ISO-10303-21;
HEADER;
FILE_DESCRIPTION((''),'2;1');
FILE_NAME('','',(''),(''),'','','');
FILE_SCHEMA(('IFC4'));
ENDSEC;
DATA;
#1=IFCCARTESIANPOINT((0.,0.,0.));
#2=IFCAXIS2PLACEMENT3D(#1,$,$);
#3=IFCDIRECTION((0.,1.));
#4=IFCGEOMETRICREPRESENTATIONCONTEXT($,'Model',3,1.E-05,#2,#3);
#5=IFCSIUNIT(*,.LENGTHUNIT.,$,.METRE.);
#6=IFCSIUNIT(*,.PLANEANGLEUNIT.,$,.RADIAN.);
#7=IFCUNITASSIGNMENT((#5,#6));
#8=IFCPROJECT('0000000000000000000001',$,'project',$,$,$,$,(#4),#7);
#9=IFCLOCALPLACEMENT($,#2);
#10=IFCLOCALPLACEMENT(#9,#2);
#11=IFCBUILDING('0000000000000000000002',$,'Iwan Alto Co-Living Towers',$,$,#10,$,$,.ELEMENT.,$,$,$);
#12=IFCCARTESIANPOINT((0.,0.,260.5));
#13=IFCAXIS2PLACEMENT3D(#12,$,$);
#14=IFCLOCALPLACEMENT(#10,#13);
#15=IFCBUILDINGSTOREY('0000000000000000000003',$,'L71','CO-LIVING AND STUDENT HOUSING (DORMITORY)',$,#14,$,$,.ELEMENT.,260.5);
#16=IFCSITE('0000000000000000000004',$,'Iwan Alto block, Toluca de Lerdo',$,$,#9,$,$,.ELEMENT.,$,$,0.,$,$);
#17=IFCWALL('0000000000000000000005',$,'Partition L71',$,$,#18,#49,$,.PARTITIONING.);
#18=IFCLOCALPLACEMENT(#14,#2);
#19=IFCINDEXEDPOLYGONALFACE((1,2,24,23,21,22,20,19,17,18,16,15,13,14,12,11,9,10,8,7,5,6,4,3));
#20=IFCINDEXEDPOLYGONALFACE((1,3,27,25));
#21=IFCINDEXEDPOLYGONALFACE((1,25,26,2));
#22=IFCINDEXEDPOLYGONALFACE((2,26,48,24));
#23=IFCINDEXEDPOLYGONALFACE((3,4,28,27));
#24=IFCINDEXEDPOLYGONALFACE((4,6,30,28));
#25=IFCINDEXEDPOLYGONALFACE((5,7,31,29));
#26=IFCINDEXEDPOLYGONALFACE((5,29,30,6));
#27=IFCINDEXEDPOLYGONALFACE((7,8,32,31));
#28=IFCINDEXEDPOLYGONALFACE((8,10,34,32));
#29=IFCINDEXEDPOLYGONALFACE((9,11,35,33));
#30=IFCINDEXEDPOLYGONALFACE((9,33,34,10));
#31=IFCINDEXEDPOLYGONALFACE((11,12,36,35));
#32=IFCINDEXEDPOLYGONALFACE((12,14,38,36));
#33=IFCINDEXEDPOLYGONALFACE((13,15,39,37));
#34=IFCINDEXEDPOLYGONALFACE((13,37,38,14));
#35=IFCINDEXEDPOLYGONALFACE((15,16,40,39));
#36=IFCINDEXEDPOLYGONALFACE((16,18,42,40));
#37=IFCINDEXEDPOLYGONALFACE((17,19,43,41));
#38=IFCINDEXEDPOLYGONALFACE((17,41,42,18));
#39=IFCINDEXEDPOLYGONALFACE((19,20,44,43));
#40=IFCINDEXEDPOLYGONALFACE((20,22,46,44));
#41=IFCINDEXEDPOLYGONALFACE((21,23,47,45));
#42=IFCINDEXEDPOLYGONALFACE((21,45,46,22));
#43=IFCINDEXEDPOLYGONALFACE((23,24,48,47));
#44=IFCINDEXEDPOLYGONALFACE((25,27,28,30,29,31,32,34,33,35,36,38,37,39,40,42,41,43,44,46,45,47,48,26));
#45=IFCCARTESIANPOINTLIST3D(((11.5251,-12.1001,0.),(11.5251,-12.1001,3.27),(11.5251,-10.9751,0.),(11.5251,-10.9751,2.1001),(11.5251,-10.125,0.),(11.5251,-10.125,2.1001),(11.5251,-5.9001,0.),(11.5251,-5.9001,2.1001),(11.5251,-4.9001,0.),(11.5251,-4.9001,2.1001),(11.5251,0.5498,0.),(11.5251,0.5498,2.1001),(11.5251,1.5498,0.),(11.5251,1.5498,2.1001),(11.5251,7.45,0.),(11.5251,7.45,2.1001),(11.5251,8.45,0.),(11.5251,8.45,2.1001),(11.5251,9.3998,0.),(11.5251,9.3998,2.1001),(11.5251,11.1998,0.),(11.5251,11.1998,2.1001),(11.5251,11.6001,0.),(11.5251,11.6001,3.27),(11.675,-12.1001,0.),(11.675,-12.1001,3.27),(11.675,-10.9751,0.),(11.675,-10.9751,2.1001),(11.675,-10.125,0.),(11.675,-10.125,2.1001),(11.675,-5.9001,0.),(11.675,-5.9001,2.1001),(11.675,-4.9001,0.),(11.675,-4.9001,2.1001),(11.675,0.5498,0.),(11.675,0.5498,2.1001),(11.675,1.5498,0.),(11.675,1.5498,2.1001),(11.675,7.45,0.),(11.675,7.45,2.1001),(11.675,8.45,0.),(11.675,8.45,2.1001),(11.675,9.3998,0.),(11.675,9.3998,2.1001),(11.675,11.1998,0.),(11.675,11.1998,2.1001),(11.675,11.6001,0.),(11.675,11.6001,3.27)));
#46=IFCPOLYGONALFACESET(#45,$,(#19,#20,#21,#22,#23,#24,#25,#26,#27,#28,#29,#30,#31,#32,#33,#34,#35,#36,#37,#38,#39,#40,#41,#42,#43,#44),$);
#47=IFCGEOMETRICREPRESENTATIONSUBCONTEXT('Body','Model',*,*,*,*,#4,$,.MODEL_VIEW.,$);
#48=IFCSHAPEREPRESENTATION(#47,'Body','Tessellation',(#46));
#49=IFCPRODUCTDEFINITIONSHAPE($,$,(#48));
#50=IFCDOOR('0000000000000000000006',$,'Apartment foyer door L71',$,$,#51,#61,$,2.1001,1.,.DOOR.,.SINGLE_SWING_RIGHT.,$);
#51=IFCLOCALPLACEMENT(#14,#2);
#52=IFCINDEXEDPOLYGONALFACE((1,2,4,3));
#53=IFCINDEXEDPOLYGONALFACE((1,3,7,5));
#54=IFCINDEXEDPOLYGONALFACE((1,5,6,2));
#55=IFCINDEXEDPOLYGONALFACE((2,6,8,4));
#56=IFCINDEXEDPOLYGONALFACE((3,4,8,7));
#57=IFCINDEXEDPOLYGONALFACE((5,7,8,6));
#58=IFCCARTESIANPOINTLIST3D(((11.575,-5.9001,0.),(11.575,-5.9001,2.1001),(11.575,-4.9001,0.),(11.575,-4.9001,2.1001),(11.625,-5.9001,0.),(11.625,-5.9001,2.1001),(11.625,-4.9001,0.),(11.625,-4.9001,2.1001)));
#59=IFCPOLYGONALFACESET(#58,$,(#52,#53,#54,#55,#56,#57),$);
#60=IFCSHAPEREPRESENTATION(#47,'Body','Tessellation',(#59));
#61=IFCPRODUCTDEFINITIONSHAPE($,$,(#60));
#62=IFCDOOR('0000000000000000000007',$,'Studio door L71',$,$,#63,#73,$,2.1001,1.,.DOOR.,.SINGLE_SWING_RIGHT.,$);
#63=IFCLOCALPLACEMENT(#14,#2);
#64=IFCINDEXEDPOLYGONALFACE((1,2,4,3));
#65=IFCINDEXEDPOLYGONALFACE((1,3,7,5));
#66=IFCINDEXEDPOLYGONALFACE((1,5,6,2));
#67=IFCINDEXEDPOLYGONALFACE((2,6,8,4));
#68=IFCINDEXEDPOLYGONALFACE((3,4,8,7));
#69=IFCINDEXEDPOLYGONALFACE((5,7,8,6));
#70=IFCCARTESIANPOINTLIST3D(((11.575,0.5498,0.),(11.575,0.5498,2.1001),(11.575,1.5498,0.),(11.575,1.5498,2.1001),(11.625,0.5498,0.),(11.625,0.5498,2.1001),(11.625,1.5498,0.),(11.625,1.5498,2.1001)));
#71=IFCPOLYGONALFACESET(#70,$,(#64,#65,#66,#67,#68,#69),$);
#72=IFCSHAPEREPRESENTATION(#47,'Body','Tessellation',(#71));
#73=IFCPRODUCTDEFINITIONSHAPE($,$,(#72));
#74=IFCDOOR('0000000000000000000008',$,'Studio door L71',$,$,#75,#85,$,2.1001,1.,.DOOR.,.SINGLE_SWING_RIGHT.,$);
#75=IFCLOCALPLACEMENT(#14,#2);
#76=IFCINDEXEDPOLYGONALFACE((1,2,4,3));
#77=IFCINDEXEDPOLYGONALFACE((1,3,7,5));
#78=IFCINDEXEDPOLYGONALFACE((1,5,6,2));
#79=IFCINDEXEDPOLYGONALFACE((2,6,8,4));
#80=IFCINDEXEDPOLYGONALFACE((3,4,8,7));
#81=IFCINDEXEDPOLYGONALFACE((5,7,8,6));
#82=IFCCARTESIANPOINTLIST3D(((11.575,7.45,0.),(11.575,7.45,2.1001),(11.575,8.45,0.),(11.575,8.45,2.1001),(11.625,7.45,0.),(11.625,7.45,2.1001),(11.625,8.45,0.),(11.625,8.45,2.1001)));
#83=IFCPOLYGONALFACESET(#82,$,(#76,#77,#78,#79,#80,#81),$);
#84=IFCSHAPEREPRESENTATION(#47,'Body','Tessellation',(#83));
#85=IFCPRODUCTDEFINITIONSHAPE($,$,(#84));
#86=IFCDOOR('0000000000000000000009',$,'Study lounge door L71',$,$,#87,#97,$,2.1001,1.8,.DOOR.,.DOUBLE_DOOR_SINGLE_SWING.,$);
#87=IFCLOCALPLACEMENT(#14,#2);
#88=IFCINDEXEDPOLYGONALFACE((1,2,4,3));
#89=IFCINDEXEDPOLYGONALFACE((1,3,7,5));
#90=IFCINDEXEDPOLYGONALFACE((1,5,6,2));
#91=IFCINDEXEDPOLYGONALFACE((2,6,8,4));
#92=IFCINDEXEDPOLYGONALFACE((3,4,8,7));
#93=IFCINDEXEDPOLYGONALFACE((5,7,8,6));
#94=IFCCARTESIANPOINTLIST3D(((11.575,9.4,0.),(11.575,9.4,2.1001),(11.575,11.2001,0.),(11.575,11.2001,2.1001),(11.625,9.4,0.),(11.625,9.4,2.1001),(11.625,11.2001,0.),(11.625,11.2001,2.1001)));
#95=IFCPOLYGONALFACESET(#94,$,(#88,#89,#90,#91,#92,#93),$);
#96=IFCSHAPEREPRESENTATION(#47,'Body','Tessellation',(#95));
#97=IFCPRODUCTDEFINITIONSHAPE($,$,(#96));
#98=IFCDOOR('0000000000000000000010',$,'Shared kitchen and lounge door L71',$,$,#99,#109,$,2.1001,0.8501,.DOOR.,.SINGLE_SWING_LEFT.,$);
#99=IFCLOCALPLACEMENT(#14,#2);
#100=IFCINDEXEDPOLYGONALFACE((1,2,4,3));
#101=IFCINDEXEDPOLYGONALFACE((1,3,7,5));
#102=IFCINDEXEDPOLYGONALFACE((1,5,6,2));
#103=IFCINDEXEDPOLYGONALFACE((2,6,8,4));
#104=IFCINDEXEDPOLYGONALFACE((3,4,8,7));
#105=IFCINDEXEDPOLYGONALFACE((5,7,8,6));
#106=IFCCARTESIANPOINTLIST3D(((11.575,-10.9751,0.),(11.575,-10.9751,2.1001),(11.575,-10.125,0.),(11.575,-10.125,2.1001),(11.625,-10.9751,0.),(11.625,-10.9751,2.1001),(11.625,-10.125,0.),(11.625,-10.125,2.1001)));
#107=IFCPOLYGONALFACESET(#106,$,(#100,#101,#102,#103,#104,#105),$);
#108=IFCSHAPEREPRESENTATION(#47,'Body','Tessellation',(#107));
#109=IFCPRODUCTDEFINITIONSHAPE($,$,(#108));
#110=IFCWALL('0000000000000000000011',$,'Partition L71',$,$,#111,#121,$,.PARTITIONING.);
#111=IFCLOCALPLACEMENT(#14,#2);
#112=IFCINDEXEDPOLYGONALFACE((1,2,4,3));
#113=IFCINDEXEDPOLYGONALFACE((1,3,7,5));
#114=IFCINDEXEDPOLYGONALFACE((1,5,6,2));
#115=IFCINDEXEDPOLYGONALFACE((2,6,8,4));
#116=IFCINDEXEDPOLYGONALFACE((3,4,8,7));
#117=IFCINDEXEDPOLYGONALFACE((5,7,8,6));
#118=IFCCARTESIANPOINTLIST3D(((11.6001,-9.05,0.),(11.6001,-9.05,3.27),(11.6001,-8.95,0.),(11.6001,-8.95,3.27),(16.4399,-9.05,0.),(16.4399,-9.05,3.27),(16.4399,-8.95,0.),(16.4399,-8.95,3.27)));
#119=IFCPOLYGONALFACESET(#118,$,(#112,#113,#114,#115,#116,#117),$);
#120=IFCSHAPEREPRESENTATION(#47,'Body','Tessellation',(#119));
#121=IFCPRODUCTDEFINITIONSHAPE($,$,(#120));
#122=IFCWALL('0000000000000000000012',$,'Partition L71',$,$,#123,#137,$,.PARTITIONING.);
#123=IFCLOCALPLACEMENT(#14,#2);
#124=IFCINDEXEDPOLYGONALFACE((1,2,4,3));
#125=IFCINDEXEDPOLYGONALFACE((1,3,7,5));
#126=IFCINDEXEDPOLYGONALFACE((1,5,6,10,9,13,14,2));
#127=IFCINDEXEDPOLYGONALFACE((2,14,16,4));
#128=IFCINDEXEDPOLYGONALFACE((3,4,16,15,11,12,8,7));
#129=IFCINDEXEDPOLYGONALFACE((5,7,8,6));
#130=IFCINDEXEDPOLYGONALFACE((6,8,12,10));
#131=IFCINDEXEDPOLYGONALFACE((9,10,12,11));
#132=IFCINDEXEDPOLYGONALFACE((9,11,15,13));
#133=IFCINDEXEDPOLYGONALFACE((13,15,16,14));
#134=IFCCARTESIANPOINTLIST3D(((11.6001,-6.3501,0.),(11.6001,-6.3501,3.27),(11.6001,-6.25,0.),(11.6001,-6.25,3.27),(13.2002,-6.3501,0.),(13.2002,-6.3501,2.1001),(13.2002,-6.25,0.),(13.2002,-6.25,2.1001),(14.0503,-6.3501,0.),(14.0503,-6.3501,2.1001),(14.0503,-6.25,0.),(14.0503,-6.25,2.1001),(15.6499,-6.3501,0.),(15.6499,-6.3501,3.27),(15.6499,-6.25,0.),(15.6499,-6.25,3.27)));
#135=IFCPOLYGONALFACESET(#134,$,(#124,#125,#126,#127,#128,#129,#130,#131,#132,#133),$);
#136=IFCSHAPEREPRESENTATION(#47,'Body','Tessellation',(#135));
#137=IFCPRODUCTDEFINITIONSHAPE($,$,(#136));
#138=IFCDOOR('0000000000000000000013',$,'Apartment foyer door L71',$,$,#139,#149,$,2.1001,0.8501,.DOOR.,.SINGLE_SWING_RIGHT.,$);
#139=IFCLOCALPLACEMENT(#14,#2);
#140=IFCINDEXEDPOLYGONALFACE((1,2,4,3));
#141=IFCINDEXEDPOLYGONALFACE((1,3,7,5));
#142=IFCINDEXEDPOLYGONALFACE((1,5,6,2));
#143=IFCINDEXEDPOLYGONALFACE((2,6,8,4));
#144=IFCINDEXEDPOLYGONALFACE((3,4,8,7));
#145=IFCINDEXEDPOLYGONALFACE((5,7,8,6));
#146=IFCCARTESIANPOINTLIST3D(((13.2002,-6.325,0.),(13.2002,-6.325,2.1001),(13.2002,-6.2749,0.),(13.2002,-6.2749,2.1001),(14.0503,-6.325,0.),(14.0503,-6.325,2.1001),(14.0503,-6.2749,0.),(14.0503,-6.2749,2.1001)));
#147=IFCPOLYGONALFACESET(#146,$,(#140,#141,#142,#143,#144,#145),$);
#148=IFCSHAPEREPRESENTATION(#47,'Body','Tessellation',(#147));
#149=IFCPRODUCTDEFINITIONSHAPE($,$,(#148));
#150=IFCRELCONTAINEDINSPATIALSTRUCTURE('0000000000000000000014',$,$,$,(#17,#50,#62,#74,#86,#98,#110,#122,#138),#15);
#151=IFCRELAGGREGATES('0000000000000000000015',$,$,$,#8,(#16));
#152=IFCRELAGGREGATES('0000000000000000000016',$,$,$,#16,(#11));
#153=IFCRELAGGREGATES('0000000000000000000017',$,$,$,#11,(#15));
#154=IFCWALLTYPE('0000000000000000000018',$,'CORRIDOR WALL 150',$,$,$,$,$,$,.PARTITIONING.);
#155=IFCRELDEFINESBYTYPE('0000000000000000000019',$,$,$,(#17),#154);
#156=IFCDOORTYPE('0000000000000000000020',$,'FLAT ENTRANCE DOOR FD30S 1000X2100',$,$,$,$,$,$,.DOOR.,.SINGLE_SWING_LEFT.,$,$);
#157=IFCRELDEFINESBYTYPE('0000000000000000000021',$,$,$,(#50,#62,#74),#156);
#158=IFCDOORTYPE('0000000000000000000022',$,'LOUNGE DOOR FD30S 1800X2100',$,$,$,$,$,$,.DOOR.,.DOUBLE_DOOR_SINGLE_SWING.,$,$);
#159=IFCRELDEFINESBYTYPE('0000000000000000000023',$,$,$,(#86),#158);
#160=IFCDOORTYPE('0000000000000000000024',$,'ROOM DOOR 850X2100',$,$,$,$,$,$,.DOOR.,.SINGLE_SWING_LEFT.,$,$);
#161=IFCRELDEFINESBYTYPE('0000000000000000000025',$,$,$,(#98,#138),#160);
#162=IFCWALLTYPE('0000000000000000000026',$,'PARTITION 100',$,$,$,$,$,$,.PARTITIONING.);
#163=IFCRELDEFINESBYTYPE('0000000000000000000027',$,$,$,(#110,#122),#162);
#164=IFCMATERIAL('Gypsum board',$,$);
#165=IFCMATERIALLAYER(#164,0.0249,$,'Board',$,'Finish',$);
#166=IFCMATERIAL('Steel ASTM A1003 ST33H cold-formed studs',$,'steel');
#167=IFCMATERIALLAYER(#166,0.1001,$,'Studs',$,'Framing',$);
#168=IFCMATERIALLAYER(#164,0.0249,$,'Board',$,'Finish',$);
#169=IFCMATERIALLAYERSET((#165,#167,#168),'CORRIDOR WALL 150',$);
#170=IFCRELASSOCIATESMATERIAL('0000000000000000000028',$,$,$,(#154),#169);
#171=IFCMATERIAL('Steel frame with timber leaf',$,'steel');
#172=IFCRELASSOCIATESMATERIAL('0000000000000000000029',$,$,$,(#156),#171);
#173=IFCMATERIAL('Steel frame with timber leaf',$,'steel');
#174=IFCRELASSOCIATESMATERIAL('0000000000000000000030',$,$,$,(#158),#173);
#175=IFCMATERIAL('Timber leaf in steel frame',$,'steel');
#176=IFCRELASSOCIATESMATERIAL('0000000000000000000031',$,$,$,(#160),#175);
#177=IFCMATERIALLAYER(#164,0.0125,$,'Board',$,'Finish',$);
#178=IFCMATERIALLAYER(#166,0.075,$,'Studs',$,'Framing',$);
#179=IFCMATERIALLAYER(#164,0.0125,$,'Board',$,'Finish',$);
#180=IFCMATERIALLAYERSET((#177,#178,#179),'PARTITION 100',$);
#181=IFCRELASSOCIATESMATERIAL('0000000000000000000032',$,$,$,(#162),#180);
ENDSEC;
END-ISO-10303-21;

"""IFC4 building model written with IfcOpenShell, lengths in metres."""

from ifc_helpers import new_model, si_unit, direction, frame, frame_2d, origin, place, context, subcontext, project, spatial, rectangle, extrude, material, layer, layer_set, type_object, element, fill, save


model = new_model("IFC4")

# Units and contexts
model_context = context("Model", 3, precision=1e-05, world=origin(), true_north=direction((0.0, 1.0)))
body_context = subcontext(model_context, "Body", "Model", "MODEL_VIEW")
ifc_project = project(units=[si_unit("LENGTHUNIT", "METRE"), si_unit("PLANEANGLEUNIT", "RADIAN")], contexts=[model_context])

# Site, building, storey
site_placement = place(None, origin())
site = spatial("IfcSite", under=ifc_project, at=site_placement, Name="Iwan Alto block, Toluca de Lerdo", CompositionType="ELEMENT", RefElevation=0.0)
building_placement = place(site_placement, origin())
building = spatial("IfcBuilding", under=site, at=building_placement, Name="Iwan Alto Co-Living Towers", CompositionType="ELEMENT")
storey_placement = place(building_placement, frame((0.0, 0.0, 260.5)))
storey = spatial("IfcBuildingStorey", under=building, at=storey_placement, Name="L71", Description="CO-LIVING AND STUDENT HOUSING (DORMITORY)", CompositionType="ELEMENT", Elevation=260.5)

# Wall, openings, doors
ifc_material_1 = material(Name="Gypsum board")
ifc_layer_1 = layer(ifc_material_1, 0.0249, Name="Board", Category="Finish")
ifc_material_2 = material(Name="Steel ASTM A1003 ST33H cold-formed studs", Category="steel")
ifc_layer_2 = layer(ifc_material_2, 0.1001, Name="Studs", Category="Framing")
ifc_layer_3 = layer(ifc_material_1, 0.0249, Name="Board", Category="Finish")
ifc_layer_set_1 = layer_set([ifc_layer_1, ifc_layer_2, ifc_layer_3], Name="CORRIDOR WALL 150")
wall_type_1 = type_object("IfcWallType", Name="CORRIDOR WALL 150", PredefinedType="PARTITIONING", material=ifc_layer_set_1)
wall_1_placement = place(storey_placement, frame((11.6001, -12.1001, 0.0), z_axis=(0.0, 0.0, 1.0), x_axis=(0.0, 1.0, 0.0)))
wall_1 = element("IfcWall", 1, at=wall_1_placement, inside=storey, type_object=wall_type_1, Name="Partition L71", PredefinedType="PARTITIONING", context=body_context, shape_type="SweptSolid", body=[
    extrude(rectangle(XDim=23.7002, YDim=0.1499, at=frame_2d((11.8501, 0.0))), origin(), (0.0, 0.0, 1.0), 3.27),
])
opening_1_placement = place(wall_1_placement, frame((6.2, 0.0, 0.0)))
opening_1 = element("IfcOpeningElement", 2, at=opening_1_placement, cuts=wall_1, PredefinedType="OPENING", context=body_context, shape_type="SweptSolid", body=[
    extrude(rectangle(XDim=1.0, YDim=2.1001, at=frame_2d((0.5, 1.05))), frame((0.0, 0.085, 0.0), z_axis=(0.0, -1.0, 0.0), x_axis=(1.0, 0.0, 0.0)), (0.0, 0.0, 1.0), 0.1699),
])
opening_2_placement = place(wall_1_placement, frame((12.6499, 0.0, 0.0)))
opening_2 = element("IfcOpeningElement", 3, at=opening_2_placement, cuts=wall_1, PredefinedType="OPENING", context=body_context, shape_type="SweptSolid", body=[
    extrude(rectangle(XDim=1.0, YDim=2.1001, at=frame_2d((0.5, 1.05))), frame((0.0, 0.085, 0.0), z_axis=(0.0, -1.0, 0.0), x_axis=(1.0, 0.0, 0.0)), (0.0, 0.0, 1.0), 0.1699),
])
opening_3_placement = place(wall_1_placement, frame((19.55, 0.0, 0.0)))
opening_3 = element("IfcOpeningElement", 4, at=opening_3_placement, cuts=wall_1, PredefinedType="OPENING", context=body_context, shape_type="SweptSolid", body=[
    extrude(rectangle(XDim=1.0, YDim=2.1001, at=frame_2d((0.5, 1.05))), frame((0.0, 0.085, 0.0), z_axis=(0.0, -1.0, 0.0), x_axis=(1.0, 0.0, 0.0)), (0.0, 0.0, 1.0), 0.1699),
])
opening_4_placement = place(wall_1_placement, frame((21.5, 0.0, 0.0)))
opening_4 = element("IfcOpeningElement", 5, at=opening_4_placement, cuts=wall_1, PredefinedType="OPENING", context=body_context, shape_type="SweptSolid", body=[
    extrude(rectangle(XDim=1.8, YDim=2.1001, at=frame_2d((0.8999, 1.05))), frame((0.0, 0.085, 0.0), z_axis=(0.0, -1.0, 0.0), x_axis=(1.0, 0.0, 0.0)), (0.0, 0.0, 1.0), 0.1699),
])
opening_5_placement = place(wall_1_placement, frame((1.125, 0.0, 0.0)))
opening_5 = element("IfcOpeningElement", 6, at=opening_5_placement, cuts=wall_1, PredefinedType="OPENING", context=body_context, shape_type="SweptSolid", body=[
    extrude(rectangle(XDim=0.8501, YDim=2.1001, at=frame_2d((0.425, 1.05))), frame((0.0, 0.085, 0.0), z_axis=(0.0, -1.0, 0.0), x_axis=(1.0, 0.0, 0.0)), (0.0, 0.0, 1.0), 0.1699),
])
ifc_material_3 = material(Name="Steel frame with timber leaf", Category="steel")
door_type_1 = type_object("IfcDoorType", Name="FLAT ENTRANCE DOOR FD30S 1000X2100", OperationType="SINGLE_SWING_LEFT", PredefinedType="DOOR", material=ifc_material_3)
door_1_placement = place(opening_1_placement, frame((1.0, 0.0, 0.0), z_axis=(0.0, 0.0, 1.0), x_axis=(-1.0, 0.0, 0.0)))
door_1 = element("IfcDoor", 7, at=door_1_placement, inside=storey, type_object=door_type_1, Name="Apartment foyer door L71", OperationType="SINGLE_SWING_RIGHT", OverallHeight=2.1001, OverallWidth=1.0, PredefinedType="DOOR", context=body_context, shape_type="SweptSolid", body=[
    extrude(rectangle(XDim=1.0, YDim=2.1001, at=frame_2d((0.5, 1.05))), frame((0.0, 0.0249, 0.0), z_axis=(0.0, -1.0, 0.0), x_axis=(1.0, 0.0, 0.0)), (0.0, 0.0, 1.0), 0.05),
])
fill(opening_1, door_1)
door_2_placement = place(opening_2_placement, frame((1.0, 0.0, 0.0), z_axis=(0.0, 0.0, 1.0), x_axis=(-1.0, 0.0, 0.0)))
door_2 = element("IfcDoor", 8, at=door_2_placement, inside=storey, type_object=door_type_1, Name="Studio door L71", OperationType="SINGLE_SWING_RIGHT", OverallHeight=2.1001, OverallWidth=1.0, PredefinedType="DOOR", context=body_context, shape_type="SweptSolid", body=[
    extrude(rectangle(XDim=1.0, YDim=2.1001, at=frame_2d((0.5, 1.05))), frame((0.0, 0.0249, 0.0), z_axis=(0.0, -1.0, 0.0), x_axis=(1.0, 0.0, 0.0)), (0.0, 0.0, 1.0), 0.05),
])
fill(opening_2, door_2)
door_3_placement = place(opening_3_placement, frame((1.0, 0.0, 0.0), z_axis=(0.0, 0.0, 1.0), x_axis=(-1.0, 0.0, 0.0)))
door_3 = element("IfcDoor", 9, at=door_3_placement, inside=storey, type_object=door_type_1, Name="Studio door L71", OperationType="SINGLE_SWING_RIGHT", OverallHeight=2.1001, OverallWidth=1.0, PredefinedType="DOOR", context=body_context, shape_type="SweptSolid", body=[
    extrude(rectangle(XDim=1.0, YDim=2.1001, at=frame_2d((0.5, 1.05))), frame((0.0, 0.0249, 0.0), z_axis=(0.0, -1.0, 0.0), x_axis=(1.0, 0.0, 0.0)), (0.0, 0.0, 1.0), 0.05),
])
fill(opening_3, door_3)
ifc_material_4 = material(Name="Steel frame with timber leaf", Category="steel")
door_type_2 = type_object("IfcDoorType", Name="LOUNGE DOOR FD30S 1800X2100", OperationType="DOUBLE_DOOR_SINGLE_SWING", PredefinedType="DOOR", material=ifc_material_4)
door_4_placement = place(opening_4_placement, frame((1.8, 0.0, 0.0), z_axis=(0.0, 0.0, 1.0), x_axis=(-1.0, 0.0, 0.0)))
door_4 = element("IfcDoor", 10, at=door_4_placement, inside=storey, type_object=door_type_2, Name="Study lounge door L71", OperationType="DOUBLE_DOOR_SINGLE_SWING", OverallHeight=2.1001, OverallWidth=1.8, PredefinedType="DOOR", context=body_context, shape_type="SweptSolid", body=[
    extrude(rectangle(XDim=1.8, YDim=2.1001, at=frame_2d((0.8999, 1.05))), frame((0.0, 0.0249, 0.0), z_axis=(0.0, -1.0, 0.0), x_axis=(1.0, 0.0, 0.0)), (0.0, 0.0, 1.0), 0.05),
])
fill(opening_4, door_4)
ifc_material_5 = material(Name="Timber leaf in steel frame", Category="steel")
door_type_3 = type_object("IfcDoorType", Name="ROOM DOOR 850X2100", OperationType="SINGLE_SWING_LEFT", PredefinedType="DOOR", material=ifc_material_5)
door_5_placement = place(opening_5_placement, frame((0.8501, 0.0, 0.0), z_axis=(0.0, 0.0, 1.0), x_axis=(-1.0, 0.0, 0.0)))
door_5 = element("IfcDoor", 11, at=door_5_placement, inside=storey, type_object=door_type_3, Name="Shared kitchen and lounge door L71", OperationType="SINGLE_SWING_LEFT", OverallHeight=2.1001, OverallWidth=0.8501, PredefinedType="DOOR", context=body_context, shape_type="SweptSolid", body=[
    extrude(rectangle(XDim=0.8501, YDim=2.1001, at=frame_2d((0.425, 1.05))), frame((0.0, 0.0249, 0.0), z_axis=(0.0, -1.0, 0.0), x_axis=(1.0, 0.0, 0.0)), (0.0, 0.0, 1.0), 0.05),
])
fill(opening_5, door_5)

# Wall
ifc_layer_4 = layer(ifc_material_1, 0.0125, Name="Board", Category="Finish")
ifc_layer_5 = layer(ifc_material_2, 0.075, Name="Studs", Category="Framing")
ifc_layer_6 = layer(ifc_material_1, 0.0125, Name="Board", Category="Finish")
ifc_layer_set_2 = layer_set([ifc_layer_4, ifc_layer_5, ifc_layer_6], Name="PARTITION 100")
wall_type_2 = type_object("IfcWallType", Name="PARTITION 100", PredefinedType="PARTITIONING", material=ifc_layer_set_2)
wall_2_placement = place(storey_placement, frame((11.6001, -9.0, 0.0), z_axis=(0.0, 0.0, 1.0), x_axis=(1.0, 0.0, 0.0)))
element("IfcWall", 12, at=wall_2_placement, inside=storey, type_object=wall_type_2, Name="Partition L71", PredefinedType="PARTITIONING", context=body_context, shape_type="SweptSolid", body=[
    extrude(rectangle(XDim=4.8398, YDim=0.1001, at=frame_2d((2.4199, 0.0))), origin(), (0.0, 0.0, 1.0), 3.27),
])

# Wall, opening, door
wall_3_placement = place(storey_placement, frame((11.6001, -6.3, 0.0), z_axis=(0.0, 0.0, 1.0), x_axis=(1.0, 0.0, 0.0)))
wall_3 = element("IfcWall", 13, at=wall_3_placement, inside=storey, type_object=wall_type_2, Name="Partition L71", PredefinedType="PARTITIONING", context=body_context, shape_type="SweptSolid", body=[
    extrude(rectangle(XDim=4.0498, YDim=0.1001, at=frame_2d((2.0249, 0.0))), origin(), (0.0, 0.0, 1.0), 3.27),
])
opening_6_placement = place(wall_3_placement, frame((1.6001, 0.0, 0.0)))
opening_6 = element("IfcOpeningElement", 14, at=opening_6_placement, cuts=wall_3, PredefinedType="OPENING", context=body_context, shape_type="SweptSolid", body=[
    extrude(rectangle(XDim=0.8501, YDim=2.1001, at=frame_2d((0.425, 1.05))), frame((0.0, 0.0601, 0.0), z_axis=(0.0, -1.0, 0.0), x_axis=(1.0, 0.0, 0.0)), (0.0, 0.0, 1.0), 0.1201),
])
door_6_placement = place(opening_6_placement, frame((0.8501, 0.0, 0.0), z_axis=(0.0, 0.0, 1.0), x_axis=(-1.0, 0.0, 0.0)))
door_6 = element("IfcDoor", 15, at=door_6_placement, inside=storey, type_object=door_type_3, Name="Apartment foyer door L71", OperationType="SINGLE_SWING_RIGHT", OverallHeight=2.1001, OverallWidth=0.8501, PredefinedType="DOOR", context=body_context, shape_type="SweptSolid", body=[
    extrude(rectangle(XDim=0.8501, YDim=2.1001, at=frame_2d((0.425, 1.05))), frame((0.0, 0.0249, 0.0), z_axis=(0.0, -1.0, 0.0), x_axis=(1.0, 0.0, 0.0)), (0.0, 0.0, 1.0), 0.05),
])
fill(opening_6, door_6)

save(model, "model.ifc")
